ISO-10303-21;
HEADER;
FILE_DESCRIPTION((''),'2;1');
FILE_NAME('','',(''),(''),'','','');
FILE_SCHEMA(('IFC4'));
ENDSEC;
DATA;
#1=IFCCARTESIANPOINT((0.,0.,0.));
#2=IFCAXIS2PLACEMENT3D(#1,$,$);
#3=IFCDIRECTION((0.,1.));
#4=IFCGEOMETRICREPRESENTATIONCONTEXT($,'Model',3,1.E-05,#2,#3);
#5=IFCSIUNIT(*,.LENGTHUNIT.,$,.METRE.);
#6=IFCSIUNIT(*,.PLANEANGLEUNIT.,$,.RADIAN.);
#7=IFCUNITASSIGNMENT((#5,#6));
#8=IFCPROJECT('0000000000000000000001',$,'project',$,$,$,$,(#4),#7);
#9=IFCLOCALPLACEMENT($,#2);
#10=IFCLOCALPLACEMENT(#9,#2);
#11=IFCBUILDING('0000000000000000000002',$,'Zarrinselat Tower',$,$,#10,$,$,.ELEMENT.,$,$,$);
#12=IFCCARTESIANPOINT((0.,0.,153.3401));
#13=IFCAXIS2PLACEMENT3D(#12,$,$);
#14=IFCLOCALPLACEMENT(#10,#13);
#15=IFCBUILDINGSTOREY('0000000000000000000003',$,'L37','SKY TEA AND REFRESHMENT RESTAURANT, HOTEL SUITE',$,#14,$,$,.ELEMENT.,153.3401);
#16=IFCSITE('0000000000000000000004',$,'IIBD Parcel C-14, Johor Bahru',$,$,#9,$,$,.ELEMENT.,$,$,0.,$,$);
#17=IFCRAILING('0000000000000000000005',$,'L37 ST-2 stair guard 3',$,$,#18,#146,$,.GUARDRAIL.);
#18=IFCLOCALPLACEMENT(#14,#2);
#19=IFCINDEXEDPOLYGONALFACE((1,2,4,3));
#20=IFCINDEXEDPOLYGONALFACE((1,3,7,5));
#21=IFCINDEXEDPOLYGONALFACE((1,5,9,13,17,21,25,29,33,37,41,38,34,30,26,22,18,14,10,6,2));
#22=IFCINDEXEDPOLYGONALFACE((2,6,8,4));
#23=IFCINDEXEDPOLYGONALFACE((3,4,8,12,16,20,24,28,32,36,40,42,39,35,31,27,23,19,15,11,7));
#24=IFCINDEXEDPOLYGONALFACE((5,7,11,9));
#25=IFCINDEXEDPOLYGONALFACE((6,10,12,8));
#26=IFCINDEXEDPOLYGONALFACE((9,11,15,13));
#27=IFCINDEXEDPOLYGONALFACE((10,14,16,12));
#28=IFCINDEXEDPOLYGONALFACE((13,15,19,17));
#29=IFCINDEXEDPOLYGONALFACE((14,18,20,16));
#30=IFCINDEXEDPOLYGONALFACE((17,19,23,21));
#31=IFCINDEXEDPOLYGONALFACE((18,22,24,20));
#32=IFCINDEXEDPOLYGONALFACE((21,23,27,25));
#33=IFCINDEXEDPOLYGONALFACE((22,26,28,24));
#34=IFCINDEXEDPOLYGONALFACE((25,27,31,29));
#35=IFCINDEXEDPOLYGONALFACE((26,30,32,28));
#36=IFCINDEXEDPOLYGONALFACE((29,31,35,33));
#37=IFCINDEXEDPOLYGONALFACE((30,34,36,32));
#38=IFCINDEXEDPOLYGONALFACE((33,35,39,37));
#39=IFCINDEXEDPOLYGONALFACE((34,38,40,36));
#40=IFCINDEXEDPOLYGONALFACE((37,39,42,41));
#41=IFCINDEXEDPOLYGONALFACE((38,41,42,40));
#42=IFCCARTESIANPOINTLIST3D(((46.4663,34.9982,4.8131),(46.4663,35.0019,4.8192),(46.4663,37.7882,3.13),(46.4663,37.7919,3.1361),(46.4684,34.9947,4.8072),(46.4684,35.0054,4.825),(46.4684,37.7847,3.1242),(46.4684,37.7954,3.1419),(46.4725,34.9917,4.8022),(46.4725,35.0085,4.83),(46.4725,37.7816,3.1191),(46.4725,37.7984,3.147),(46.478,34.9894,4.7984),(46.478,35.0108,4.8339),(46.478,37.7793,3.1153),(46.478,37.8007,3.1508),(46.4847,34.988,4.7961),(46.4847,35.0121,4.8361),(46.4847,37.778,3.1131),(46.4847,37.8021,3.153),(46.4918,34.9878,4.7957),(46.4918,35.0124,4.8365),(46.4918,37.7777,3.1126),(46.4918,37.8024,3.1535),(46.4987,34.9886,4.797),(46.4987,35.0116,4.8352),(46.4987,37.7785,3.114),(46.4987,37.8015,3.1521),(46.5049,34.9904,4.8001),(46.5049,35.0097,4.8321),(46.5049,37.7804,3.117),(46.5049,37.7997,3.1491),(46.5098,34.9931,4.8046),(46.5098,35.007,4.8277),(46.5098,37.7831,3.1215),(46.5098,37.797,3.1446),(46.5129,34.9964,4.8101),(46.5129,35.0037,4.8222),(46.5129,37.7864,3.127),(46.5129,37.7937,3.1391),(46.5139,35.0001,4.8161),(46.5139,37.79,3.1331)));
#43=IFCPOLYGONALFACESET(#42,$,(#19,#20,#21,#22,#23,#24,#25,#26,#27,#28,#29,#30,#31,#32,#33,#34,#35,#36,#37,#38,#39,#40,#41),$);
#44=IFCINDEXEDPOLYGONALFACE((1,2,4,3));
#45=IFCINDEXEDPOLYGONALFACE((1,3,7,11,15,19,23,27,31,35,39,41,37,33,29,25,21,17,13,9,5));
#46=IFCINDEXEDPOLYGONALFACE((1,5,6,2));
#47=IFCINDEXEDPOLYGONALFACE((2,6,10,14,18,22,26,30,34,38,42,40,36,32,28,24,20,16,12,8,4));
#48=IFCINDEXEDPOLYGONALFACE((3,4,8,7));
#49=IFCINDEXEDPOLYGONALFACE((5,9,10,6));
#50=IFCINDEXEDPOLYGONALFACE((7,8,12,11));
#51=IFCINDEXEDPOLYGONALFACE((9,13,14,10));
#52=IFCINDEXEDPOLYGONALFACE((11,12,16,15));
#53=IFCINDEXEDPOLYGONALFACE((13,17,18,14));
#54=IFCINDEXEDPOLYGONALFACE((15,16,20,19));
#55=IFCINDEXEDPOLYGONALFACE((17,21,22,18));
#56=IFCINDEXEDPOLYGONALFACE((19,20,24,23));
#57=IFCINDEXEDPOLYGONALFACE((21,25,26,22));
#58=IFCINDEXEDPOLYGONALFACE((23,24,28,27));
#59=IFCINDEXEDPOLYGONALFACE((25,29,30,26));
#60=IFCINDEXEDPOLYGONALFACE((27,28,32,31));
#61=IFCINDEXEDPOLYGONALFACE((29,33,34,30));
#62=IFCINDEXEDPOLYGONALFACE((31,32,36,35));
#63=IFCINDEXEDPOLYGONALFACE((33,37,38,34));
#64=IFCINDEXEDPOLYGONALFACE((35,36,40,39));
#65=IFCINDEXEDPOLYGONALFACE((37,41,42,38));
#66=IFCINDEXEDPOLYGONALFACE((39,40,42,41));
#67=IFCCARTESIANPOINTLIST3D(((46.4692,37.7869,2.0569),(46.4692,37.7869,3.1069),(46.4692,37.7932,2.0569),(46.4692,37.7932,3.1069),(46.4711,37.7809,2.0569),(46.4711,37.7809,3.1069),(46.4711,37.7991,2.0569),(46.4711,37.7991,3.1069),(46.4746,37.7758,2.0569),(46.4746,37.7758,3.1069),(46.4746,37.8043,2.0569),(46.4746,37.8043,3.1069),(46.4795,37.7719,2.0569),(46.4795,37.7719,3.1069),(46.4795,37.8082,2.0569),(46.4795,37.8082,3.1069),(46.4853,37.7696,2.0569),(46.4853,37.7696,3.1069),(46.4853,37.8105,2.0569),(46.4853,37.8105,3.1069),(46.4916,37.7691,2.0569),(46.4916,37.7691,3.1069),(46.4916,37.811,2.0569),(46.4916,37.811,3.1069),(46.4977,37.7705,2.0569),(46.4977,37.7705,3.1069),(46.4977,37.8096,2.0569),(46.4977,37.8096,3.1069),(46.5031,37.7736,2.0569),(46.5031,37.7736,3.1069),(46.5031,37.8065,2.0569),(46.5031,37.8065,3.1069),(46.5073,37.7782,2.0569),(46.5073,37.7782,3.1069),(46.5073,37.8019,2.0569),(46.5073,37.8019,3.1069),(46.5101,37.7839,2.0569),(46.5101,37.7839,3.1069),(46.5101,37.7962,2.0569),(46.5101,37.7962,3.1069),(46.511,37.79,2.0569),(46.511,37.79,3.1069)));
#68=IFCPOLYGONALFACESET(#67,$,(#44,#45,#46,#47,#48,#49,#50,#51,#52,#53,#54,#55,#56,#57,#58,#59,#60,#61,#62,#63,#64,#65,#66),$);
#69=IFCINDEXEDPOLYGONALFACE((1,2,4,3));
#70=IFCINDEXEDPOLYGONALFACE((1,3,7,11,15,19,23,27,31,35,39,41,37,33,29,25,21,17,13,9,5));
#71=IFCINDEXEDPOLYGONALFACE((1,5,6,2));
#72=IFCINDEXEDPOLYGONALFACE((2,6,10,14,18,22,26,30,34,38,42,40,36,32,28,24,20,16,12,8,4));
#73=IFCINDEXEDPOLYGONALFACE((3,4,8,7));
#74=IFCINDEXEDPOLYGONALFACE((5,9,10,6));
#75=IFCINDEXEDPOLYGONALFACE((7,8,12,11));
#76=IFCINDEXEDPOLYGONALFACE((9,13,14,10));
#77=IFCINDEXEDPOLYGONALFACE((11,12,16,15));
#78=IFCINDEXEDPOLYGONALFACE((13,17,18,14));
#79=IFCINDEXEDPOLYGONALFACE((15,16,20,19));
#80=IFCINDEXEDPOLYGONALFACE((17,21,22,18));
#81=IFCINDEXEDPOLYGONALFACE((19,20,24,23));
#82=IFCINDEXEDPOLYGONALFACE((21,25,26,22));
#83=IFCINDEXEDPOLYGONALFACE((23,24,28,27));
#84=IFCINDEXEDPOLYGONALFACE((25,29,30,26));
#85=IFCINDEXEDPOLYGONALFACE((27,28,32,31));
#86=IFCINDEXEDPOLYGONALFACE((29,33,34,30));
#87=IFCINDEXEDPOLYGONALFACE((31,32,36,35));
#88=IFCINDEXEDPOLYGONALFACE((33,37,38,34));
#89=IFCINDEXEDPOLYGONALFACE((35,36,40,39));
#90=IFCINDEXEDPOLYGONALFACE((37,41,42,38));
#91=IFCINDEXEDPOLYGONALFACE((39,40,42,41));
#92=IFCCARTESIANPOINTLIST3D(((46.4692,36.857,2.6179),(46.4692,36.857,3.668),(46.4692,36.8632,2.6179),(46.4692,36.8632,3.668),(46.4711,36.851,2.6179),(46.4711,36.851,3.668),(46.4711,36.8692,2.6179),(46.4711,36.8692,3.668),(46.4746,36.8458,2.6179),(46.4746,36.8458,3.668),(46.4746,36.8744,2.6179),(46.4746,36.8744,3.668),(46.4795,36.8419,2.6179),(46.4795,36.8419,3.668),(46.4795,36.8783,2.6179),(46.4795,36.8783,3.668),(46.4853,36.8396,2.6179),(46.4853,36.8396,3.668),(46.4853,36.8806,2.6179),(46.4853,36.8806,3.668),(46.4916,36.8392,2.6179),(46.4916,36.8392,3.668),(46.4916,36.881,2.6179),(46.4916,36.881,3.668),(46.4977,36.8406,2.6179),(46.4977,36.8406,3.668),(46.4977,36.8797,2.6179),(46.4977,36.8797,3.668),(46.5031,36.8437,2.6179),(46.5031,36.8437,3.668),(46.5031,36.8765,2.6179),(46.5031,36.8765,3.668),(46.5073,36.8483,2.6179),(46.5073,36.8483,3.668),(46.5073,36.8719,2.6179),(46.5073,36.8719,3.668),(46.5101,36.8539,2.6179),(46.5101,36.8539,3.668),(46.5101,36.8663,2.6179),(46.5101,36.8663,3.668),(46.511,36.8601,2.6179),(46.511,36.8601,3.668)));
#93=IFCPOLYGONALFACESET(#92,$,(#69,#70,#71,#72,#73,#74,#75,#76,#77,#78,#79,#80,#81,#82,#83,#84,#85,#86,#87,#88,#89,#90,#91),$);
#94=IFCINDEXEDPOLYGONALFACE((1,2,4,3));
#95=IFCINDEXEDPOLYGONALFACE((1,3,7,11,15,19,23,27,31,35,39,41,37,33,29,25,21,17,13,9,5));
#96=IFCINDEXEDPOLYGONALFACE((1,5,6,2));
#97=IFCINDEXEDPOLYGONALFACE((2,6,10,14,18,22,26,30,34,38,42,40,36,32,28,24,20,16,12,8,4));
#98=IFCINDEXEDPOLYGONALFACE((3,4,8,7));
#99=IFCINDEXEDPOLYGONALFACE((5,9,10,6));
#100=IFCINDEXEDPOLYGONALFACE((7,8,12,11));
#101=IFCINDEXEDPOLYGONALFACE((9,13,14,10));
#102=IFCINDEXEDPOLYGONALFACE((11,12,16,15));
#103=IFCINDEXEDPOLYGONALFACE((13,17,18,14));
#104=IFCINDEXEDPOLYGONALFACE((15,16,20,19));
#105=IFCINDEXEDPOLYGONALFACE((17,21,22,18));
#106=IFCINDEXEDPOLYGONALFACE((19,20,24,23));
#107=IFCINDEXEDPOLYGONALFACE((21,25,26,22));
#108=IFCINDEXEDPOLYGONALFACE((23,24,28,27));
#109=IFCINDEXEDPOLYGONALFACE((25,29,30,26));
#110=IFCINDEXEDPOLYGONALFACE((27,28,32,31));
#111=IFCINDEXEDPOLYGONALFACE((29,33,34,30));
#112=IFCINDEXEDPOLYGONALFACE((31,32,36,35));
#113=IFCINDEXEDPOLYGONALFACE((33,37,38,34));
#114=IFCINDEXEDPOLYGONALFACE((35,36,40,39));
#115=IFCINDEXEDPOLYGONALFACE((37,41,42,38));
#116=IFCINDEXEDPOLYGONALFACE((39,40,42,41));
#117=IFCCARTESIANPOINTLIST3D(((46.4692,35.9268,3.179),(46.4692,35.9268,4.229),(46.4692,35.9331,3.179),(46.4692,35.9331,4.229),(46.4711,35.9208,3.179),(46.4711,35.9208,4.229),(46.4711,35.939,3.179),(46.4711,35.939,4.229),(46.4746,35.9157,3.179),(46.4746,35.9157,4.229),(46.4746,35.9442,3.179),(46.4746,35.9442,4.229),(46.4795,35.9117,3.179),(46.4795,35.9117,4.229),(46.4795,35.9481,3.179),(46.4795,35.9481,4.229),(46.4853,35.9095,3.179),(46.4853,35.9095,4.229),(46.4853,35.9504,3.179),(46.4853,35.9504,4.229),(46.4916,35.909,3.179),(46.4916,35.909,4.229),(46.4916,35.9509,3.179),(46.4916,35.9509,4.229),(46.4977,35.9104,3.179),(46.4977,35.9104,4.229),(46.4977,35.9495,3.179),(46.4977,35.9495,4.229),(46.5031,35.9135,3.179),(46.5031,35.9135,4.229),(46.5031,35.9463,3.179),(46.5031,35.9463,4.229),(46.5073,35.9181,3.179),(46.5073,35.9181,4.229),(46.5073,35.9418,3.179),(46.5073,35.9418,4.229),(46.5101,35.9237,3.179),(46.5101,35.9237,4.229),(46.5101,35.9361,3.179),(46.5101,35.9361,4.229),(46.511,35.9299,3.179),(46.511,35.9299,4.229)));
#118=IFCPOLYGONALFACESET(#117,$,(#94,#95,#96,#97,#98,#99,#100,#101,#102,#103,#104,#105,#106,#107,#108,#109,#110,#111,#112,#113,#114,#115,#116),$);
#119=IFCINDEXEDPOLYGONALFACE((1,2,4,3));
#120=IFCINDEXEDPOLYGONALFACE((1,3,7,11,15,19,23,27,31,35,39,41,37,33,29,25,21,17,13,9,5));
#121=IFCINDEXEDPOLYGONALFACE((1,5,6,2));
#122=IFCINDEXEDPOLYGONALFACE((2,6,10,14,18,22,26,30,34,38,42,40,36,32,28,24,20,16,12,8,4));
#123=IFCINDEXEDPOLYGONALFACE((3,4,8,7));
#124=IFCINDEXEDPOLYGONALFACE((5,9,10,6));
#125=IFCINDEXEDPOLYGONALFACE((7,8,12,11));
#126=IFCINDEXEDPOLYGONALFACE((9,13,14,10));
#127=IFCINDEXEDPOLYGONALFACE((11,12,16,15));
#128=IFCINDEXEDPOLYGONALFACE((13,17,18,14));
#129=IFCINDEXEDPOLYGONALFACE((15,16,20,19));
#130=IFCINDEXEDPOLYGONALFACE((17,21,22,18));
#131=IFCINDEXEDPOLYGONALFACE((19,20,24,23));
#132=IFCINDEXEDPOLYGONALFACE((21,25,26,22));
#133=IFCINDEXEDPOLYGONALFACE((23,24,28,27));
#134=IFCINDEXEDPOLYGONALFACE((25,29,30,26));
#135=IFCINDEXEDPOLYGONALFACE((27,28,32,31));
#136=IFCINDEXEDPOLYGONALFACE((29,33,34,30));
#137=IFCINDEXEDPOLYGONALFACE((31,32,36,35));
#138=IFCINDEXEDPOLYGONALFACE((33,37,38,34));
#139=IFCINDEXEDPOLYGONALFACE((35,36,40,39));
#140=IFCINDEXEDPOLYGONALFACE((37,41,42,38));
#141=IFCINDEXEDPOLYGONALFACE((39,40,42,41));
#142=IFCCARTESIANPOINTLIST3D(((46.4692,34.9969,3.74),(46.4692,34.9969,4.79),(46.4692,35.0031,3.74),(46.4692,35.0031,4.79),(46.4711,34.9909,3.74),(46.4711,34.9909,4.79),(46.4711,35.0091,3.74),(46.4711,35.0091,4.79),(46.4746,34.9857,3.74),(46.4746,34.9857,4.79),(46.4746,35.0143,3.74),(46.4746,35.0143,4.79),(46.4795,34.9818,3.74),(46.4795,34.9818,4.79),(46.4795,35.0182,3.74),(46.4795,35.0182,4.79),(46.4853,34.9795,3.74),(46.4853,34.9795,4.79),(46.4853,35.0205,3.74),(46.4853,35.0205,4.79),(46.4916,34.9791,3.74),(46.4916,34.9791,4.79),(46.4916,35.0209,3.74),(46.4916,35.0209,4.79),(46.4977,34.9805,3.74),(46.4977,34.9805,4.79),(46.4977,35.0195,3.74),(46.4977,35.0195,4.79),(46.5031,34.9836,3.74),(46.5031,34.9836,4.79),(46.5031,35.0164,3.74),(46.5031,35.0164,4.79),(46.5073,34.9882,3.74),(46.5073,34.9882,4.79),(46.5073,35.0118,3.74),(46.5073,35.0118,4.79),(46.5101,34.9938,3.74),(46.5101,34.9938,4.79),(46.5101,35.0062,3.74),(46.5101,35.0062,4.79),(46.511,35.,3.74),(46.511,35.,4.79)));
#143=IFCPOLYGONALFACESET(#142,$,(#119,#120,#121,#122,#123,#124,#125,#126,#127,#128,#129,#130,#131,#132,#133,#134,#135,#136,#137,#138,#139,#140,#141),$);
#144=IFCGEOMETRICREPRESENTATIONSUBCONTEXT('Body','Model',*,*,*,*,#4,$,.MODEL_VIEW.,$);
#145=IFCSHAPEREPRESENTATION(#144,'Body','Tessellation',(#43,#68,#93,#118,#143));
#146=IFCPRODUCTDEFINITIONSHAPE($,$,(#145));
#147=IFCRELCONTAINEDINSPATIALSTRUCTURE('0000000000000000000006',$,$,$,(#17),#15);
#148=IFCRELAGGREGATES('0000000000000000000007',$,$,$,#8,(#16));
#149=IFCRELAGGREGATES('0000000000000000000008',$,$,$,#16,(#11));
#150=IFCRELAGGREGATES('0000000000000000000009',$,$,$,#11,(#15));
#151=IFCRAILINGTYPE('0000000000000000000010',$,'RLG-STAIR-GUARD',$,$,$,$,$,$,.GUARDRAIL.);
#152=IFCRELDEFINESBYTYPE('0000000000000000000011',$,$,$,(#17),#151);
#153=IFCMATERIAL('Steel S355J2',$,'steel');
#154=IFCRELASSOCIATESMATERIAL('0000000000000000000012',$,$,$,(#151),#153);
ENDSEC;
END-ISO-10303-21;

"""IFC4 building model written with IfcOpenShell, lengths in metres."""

from ifc_helpers import new_model, si_unit, direction, frame, origin, origin_2d, place, context, subcontext, project, spatial, circle, extrude, material, type_object, element, save


model = new_model("IFC4")

# Units and contexts
model_context = context("Model", 3, precision=1e-05, world=origin(), true_north=direction((0.0, 1.0)))
body_context = subcontext(model_context, "Body", "Model", "MODEL_VIEW")
ifc_project = project(units=[si_unit("LENGTHUNIT", "METRE"), si_unit("PLANEANGLEUNIT", "RADIAN")], contexts=[model_context])

# Site, building, storey
site_placement = place(None, origin())
site = spatial("IfcSite", under=ifc_project, at=site_placement, Name="IIBD Parcel C-14, Johor Bahru", CompositionType="ELEMENT", RefElevation=0.0)
building_placement = place(site_placement, origin())
building = spatial("IfcBuilding", under=site, at=building_placement, Name="Zarrinselat Tower", CompositionType="ELEMENT")
storey_placement = place(building_placement, frame((0.0, 0.0, 153.3401)))
storey = spatial("IfcBuildingStorey", under=building, at=storey_placement, Name="L37", Description="SKY TEA AND REFRESHMENT RESTAURANT, HOTEL SUITE", CompositionType="ELEMENT", Elevation=153.3401)

# Railing
ifc_material_1 = material(Name="Steel S355J2", Category="steel")
railing_type_1 = type_object("IfcRailingType", Name="RLG-STAIR-GUARD", PredefinedType="GUARDRAIL", material=ifc_material_1)
railing_1_placement = place(storey_placement, frame((46.49, 37.79, 2.0569)))
element("IfcRailing", 1, at=railing_1_placement, inside=storey, type_object=railing_type_1, Name="L37 ST-2 stair guard 3", PredefinedType="GUARDRAIL", context=body_context, shape_type="SweptSolid", body=[
    extrude(circle(Radius=0.0239, at=origin_2d()), frame((0.0, 0.0, 1.0762), z_axis=(0.0, -0.856261, 0.516544), x_axis=(1.0, 0.0, 0.0)), (0.0, 0.0, 1.0), 3.2583),
    extrude(circle(Radius=0.021, at=origin_2d()), origin(), (0.0, 0.0, 1.0), 1.05),
    extrude(circle(Radius=0.021, at=origin_2d()), frame((0.0, -0.9299, 0.561)), (0.0, 0.0, 1.0), 1.05),
    extrude(circle(Radius=0.021, at=origin_2d()), frame((0.0, -1.8601, 1.1221)), (0.0, 0.0, 1.0), 1.05),
    extrude(circle(Radius=0.021, at=origin_2d()), frame((0.0, -2.79, 1.6831)), (0.0, 0.0, 1.0), 1.05),
])

save(model, "model.ifc")
